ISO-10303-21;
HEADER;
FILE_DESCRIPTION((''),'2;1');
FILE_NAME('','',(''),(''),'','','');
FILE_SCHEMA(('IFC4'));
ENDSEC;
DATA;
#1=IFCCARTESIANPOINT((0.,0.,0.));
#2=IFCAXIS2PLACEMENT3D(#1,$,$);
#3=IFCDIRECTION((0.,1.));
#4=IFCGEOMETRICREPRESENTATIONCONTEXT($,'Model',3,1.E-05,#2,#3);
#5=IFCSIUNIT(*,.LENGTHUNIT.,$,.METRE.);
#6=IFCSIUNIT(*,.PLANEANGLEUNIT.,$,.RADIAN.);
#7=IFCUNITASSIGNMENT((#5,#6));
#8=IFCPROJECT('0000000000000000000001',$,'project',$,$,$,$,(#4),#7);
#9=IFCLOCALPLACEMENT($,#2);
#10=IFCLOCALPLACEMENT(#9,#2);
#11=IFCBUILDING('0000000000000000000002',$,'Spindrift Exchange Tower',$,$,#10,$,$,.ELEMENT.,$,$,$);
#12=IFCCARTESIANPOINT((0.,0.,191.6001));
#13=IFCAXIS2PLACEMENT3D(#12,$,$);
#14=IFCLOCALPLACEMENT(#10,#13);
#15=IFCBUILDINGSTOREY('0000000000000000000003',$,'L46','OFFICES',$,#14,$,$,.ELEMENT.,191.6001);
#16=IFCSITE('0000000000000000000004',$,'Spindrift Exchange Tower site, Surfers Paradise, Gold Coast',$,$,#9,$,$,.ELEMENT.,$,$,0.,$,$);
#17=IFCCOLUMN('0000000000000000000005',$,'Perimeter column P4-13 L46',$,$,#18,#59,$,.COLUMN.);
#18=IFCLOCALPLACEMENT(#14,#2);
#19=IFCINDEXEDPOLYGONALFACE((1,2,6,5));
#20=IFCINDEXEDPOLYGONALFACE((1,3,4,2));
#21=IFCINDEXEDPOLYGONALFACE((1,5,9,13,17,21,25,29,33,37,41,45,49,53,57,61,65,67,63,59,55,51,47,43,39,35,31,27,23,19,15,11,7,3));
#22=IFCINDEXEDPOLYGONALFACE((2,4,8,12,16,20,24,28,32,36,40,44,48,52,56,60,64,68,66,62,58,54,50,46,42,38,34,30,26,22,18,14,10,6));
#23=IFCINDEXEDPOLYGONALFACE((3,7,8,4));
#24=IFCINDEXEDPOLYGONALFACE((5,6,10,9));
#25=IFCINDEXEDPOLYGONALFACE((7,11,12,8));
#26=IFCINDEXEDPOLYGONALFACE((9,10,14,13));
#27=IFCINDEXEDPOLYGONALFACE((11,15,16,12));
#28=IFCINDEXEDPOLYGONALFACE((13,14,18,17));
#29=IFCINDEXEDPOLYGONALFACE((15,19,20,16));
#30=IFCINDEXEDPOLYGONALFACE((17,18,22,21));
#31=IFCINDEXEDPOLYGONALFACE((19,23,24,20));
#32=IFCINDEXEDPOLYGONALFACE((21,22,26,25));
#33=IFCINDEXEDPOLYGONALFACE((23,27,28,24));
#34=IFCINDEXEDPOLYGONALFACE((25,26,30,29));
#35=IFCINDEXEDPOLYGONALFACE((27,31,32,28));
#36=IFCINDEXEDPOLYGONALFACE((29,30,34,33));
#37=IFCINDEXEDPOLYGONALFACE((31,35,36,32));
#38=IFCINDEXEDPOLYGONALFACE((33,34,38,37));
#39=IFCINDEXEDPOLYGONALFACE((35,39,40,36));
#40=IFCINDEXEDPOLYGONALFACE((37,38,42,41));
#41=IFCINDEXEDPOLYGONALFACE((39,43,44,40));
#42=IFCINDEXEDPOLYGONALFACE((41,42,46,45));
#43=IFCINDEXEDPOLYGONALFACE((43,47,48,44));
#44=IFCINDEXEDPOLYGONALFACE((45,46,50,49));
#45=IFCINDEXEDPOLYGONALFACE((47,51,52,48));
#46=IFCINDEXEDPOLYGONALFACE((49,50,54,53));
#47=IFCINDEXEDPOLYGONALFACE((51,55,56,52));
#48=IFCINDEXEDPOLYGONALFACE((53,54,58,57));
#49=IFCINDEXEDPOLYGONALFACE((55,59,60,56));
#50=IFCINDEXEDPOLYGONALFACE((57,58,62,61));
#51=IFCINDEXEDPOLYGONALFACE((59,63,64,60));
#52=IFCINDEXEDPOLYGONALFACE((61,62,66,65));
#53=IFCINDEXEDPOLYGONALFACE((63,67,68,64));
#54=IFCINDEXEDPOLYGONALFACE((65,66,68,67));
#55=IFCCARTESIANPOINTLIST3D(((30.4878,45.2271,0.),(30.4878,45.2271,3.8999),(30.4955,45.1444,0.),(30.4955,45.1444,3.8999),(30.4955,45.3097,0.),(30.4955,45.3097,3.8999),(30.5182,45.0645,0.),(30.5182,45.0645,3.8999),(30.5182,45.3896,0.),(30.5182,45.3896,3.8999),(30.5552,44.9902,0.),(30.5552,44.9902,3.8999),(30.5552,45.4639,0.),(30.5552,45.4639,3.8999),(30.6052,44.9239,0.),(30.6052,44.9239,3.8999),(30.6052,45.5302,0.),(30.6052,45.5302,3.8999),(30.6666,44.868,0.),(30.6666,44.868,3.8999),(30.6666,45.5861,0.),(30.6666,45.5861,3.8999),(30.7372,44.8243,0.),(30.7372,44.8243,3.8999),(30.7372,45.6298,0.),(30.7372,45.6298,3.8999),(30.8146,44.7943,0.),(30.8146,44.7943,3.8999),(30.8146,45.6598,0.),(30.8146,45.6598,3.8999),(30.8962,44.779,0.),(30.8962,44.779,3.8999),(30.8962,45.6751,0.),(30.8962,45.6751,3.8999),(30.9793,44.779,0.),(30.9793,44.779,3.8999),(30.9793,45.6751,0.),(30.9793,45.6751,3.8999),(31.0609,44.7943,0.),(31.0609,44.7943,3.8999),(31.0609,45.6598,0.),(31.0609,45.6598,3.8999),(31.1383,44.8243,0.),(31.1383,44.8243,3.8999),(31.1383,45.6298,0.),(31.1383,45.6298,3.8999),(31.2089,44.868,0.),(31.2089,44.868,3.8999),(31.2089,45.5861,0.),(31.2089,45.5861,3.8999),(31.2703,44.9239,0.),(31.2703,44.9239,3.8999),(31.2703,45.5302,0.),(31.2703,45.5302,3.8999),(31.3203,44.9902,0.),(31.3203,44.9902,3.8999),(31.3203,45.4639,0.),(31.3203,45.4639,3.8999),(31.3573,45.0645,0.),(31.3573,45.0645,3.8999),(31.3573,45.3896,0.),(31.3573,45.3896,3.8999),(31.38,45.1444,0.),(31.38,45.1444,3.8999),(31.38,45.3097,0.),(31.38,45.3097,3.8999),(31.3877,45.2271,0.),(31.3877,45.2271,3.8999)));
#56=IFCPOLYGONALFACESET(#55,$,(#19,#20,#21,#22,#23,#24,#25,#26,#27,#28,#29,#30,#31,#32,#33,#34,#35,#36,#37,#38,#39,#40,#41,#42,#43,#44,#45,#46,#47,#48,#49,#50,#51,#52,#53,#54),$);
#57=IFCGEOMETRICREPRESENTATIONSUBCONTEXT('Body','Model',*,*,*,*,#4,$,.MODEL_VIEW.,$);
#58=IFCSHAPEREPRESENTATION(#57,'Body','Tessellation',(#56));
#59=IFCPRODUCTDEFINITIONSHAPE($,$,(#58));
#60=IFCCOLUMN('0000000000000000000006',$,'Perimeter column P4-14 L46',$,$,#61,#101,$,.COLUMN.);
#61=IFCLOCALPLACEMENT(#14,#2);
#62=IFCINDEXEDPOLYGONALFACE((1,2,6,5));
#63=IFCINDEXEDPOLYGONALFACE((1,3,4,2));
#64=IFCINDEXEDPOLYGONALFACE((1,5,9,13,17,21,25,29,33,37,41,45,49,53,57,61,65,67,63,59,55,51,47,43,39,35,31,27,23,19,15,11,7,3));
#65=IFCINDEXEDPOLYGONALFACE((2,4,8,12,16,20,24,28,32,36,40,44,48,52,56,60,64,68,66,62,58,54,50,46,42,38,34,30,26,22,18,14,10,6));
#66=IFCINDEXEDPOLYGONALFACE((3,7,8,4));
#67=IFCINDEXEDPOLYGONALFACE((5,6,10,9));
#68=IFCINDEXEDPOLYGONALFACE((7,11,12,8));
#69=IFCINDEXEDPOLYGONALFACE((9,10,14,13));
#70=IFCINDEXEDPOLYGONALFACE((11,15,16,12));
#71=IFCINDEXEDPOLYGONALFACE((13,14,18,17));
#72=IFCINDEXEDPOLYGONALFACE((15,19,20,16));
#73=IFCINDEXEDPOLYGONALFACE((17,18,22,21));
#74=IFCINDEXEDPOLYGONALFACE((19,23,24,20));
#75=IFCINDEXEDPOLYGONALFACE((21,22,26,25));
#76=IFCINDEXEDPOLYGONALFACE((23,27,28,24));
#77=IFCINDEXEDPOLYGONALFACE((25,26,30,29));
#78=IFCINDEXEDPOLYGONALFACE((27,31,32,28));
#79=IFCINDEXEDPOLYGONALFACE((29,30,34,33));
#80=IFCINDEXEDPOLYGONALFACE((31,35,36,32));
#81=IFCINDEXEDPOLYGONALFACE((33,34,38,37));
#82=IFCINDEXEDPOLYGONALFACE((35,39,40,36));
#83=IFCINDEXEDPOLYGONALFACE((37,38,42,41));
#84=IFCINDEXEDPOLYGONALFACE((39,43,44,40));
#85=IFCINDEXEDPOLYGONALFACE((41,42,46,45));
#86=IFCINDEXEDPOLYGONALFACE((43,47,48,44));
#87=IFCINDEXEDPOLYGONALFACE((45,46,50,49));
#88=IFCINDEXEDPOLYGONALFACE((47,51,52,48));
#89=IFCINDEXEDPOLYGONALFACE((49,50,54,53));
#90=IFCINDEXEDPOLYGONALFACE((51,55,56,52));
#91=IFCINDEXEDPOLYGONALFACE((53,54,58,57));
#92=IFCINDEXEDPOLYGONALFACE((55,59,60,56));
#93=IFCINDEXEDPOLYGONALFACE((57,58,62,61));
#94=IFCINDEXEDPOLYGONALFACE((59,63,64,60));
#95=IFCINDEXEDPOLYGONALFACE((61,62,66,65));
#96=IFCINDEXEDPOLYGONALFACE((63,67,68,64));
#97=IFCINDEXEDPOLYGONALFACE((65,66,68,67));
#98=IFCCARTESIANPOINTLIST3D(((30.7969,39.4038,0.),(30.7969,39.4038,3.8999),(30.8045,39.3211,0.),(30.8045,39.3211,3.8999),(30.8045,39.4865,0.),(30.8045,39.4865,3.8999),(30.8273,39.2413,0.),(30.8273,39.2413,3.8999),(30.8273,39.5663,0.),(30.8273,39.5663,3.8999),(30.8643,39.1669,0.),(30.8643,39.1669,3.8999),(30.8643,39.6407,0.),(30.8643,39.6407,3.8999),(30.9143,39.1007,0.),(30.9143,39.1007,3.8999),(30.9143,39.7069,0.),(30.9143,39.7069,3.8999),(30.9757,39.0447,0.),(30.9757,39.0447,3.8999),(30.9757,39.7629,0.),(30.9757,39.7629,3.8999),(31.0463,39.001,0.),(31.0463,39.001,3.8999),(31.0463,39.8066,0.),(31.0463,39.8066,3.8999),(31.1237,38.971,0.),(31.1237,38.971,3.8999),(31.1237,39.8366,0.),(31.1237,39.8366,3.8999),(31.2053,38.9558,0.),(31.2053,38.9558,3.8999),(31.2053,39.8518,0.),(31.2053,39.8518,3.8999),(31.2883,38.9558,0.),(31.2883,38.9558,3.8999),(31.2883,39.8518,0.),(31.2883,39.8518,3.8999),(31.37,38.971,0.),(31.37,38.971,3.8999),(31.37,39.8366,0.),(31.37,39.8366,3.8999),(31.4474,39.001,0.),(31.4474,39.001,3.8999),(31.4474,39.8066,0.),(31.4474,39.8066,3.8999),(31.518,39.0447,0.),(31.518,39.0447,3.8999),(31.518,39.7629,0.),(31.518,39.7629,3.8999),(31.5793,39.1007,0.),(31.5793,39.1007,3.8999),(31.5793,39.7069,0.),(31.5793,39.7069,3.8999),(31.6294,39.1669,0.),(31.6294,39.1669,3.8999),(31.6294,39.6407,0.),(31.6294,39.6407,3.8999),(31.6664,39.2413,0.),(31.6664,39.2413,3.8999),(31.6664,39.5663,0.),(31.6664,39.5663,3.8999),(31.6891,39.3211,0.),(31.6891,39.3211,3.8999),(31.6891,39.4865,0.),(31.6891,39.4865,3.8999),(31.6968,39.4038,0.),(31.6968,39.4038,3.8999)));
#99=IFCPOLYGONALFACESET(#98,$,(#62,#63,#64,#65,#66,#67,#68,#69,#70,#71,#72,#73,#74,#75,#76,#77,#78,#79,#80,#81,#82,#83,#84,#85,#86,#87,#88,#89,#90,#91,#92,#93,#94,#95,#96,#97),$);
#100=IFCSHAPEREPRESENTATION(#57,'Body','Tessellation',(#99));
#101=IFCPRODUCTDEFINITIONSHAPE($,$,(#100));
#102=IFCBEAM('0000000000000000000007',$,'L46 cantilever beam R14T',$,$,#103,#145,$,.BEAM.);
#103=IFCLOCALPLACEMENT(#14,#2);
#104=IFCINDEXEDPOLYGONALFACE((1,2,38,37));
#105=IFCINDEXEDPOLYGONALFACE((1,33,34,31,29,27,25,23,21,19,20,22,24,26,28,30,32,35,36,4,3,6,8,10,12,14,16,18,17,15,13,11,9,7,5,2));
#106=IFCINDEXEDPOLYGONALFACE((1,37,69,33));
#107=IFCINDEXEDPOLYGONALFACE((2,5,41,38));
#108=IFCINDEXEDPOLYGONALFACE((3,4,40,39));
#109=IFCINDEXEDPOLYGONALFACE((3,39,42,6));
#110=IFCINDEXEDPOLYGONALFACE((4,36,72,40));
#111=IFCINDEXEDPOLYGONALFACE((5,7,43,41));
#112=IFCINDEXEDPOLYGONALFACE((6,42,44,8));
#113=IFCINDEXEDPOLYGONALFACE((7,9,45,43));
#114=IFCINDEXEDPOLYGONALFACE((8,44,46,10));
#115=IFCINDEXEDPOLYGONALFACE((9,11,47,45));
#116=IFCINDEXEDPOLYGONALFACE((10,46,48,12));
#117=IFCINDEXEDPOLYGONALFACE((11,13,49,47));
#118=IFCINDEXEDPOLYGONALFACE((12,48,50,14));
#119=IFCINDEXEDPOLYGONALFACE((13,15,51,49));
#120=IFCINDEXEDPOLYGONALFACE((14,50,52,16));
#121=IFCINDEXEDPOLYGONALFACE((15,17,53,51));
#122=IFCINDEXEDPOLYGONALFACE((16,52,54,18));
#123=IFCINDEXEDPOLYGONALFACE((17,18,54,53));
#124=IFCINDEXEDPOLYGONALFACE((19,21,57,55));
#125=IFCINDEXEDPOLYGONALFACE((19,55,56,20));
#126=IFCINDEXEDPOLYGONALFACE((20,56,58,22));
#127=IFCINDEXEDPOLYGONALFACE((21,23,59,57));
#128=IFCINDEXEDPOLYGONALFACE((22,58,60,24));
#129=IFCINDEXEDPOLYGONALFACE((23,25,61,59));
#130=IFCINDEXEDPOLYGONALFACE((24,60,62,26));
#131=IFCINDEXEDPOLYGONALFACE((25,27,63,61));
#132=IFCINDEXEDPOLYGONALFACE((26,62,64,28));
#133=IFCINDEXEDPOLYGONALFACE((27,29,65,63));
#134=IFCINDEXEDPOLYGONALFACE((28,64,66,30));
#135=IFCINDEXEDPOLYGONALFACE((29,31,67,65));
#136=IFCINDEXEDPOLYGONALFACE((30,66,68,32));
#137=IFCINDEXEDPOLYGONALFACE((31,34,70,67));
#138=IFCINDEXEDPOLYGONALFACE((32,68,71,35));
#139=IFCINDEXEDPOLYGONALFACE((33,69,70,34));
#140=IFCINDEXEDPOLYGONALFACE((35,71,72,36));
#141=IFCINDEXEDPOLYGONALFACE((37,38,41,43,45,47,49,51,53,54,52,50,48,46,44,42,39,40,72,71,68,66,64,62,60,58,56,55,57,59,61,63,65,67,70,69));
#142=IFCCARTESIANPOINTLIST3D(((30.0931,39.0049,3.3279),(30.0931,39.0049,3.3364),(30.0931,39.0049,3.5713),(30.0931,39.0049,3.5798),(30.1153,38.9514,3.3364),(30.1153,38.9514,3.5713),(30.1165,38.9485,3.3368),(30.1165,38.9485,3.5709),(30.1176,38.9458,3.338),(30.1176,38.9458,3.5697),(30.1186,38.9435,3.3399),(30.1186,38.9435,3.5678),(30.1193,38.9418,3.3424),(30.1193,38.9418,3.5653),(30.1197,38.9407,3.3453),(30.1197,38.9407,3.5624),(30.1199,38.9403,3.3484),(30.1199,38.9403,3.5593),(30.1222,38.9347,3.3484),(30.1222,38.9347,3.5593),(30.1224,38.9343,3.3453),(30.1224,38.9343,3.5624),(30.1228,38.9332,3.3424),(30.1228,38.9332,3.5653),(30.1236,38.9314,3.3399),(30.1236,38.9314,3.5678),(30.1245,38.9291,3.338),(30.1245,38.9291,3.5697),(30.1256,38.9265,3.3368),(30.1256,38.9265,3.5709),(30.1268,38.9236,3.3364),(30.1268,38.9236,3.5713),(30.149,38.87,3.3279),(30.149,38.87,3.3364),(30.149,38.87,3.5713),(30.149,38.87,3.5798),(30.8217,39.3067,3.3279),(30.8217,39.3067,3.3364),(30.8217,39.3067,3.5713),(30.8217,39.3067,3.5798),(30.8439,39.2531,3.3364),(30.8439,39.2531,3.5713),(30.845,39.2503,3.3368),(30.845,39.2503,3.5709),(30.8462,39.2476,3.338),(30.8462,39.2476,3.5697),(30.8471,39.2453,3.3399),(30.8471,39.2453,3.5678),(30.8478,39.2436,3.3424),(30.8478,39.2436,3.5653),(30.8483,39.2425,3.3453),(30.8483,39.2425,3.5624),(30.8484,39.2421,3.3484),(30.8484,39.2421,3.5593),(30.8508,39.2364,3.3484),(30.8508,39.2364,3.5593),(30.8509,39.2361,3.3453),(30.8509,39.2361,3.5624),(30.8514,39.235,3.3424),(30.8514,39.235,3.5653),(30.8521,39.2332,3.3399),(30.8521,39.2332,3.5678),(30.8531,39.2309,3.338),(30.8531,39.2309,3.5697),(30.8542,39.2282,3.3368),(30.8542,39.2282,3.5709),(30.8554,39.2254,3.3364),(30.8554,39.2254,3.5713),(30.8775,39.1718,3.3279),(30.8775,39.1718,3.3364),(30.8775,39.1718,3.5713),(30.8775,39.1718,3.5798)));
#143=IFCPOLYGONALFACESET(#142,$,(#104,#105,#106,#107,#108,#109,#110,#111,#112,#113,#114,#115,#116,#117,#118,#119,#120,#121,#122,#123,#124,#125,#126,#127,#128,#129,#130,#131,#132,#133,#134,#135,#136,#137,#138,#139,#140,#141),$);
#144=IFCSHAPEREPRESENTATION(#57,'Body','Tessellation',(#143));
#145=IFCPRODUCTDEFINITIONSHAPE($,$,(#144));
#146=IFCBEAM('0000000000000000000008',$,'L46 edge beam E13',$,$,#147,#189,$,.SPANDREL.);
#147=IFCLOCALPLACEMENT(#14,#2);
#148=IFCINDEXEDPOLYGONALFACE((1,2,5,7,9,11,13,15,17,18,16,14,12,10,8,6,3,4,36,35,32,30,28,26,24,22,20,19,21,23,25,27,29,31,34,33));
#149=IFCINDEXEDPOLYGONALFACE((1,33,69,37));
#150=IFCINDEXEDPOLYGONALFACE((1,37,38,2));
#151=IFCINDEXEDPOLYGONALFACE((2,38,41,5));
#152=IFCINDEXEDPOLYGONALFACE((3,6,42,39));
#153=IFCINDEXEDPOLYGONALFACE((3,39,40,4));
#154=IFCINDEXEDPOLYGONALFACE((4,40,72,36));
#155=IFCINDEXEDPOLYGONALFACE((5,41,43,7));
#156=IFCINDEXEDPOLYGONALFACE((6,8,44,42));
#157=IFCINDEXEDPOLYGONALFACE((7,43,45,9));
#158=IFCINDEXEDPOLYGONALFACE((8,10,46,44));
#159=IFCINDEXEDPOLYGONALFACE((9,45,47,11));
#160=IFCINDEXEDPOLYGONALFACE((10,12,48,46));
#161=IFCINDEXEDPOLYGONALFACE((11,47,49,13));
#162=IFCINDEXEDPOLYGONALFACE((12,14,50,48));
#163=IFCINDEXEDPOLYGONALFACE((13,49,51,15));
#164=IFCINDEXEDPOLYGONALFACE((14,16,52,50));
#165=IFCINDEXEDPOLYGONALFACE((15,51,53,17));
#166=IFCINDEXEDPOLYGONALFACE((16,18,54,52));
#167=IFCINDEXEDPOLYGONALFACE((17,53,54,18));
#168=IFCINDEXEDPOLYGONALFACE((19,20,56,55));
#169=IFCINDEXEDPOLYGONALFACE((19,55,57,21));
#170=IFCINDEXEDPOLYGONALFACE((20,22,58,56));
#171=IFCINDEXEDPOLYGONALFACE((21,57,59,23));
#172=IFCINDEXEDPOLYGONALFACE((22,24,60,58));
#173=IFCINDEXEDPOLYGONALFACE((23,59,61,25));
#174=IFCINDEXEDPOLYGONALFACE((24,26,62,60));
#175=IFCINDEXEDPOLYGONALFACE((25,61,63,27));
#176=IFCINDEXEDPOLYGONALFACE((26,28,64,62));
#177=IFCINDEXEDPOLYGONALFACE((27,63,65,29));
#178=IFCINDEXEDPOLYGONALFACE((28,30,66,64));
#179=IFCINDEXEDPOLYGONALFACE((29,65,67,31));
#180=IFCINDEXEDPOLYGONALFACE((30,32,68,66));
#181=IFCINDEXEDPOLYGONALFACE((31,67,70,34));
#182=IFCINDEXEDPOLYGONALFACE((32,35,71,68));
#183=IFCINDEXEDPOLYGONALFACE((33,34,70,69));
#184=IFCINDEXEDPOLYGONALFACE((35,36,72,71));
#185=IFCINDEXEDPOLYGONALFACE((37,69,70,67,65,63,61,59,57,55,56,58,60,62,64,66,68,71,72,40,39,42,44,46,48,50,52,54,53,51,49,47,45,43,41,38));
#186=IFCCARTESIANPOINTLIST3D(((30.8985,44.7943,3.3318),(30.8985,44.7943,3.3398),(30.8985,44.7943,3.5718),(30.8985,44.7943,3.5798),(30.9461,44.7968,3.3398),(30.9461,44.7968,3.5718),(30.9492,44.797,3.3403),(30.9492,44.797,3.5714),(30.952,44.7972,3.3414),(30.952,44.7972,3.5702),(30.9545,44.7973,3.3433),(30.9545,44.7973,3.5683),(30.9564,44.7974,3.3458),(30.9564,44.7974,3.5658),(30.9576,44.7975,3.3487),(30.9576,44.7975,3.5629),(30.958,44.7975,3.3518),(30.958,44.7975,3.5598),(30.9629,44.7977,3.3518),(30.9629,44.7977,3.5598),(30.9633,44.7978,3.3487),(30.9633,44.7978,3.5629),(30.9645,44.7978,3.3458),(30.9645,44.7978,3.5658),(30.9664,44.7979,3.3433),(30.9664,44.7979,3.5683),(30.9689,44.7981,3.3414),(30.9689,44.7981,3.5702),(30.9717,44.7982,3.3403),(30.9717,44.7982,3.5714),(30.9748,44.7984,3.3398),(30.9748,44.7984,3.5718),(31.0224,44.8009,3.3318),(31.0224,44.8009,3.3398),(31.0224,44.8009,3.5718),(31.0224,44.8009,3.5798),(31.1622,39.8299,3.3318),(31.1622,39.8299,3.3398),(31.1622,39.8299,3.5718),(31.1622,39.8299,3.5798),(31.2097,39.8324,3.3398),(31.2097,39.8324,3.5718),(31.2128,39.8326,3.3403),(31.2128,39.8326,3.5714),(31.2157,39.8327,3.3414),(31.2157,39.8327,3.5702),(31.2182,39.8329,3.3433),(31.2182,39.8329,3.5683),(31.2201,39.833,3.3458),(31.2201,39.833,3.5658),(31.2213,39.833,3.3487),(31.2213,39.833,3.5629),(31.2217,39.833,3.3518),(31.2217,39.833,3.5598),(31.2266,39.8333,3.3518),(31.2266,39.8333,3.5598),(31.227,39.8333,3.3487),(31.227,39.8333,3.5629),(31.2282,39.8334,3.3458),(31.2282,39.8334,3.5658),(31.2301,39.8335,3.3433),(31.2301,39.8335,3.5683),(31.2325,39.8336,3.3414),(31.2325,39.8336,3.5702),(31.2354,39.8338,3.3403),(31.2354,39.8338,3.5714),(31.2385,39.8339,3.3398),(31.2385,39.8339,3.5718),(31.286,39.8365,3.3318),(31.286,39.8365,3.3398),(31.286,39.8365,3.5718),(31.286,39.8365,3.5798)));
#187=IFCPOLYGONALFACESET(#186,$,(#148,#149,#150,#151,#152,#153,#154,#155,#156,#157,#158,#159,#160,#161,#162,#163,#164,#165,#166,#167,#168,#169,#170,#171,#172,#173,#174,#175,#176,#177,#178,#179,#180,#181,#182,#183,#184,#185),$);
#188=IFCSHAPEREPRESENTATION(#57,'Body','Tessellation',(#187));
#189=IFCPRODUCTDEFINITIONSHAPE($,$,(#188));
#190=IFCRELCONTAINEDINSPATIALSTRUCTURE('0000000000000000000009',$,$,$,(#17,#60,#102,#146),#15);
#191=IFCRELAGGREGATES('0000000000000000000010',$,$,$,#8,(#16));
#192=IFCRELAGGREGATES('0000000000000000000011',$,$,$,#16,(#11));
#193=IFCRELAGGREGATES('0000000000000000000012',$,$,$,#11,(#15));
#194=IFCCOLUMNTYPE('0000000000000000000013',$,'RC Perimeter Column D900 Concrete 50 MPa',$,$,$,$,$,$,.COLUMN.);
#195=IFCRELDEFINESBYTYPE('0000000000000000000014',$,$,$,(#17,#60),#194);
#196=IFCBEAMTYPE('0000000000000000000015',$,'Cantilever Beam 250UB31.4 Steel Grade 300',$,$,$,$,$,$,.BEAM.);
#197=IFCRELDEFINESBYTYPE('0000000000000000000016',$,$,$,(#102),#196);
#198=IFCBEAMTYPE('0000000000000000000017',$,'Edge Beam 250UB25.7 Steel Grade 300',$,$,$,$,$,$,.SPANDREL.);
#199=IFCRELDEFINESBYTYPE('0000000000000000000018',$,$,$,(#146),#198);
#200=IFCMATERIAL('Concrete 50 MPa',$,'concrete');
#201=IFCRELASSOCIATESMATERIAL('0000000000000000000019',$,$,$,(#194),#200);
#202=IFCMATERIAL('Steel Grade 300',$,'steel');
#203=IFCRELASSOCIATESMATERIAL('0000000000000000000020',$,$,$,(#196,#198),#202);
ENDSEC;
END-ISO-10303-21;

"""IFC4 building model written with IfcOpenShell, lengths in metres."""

from ifc_helpers import new_model, si_unit, direction, frame, origin, origin_2d, place, context, subcontext, project, spatial, circle, i_section, extrude, source, transform, mapped, material, material_profile, profile_set, type_object, element, save


model = new_model("IFC4")

# Units and contexts
model_context = context("Model", 3, precision=1e-05, world=origin(), true_north=direction((0.0, 1.0)))
body_context = subcontext(model_context, "Body", "Model", "MODEL_VIEW")
ifc_project = project(units=[si_unit("LENGTHUNIT", "METRE"), si_unit("PLANEANGLEUNIT", "RADIAN")], contexts=[model_context])

# Site, building, storey
site_placement = place(None, origin())
site = spatial("IfcSite", under=ifc_project, at=site_placement, Name="Spindrift Exchange Tower site, Surfers Paradise, Gold Coast", CompositionType="ELEMENT", RefElevation=0.0)
building_placement = place(site_placement, origin())
building = spatial("IfcBuilding", under=site, at=building_placement, Name="Spindrift Exchange Tower", CompositionType="ELEMENT")
storey_placement = place(building_placement, frame((0.0, 0.0, 191.6001)))
storey = spatial("IfcBuildingStorey", under=building, at=storey_placement, Name="L46", Description="OFFICES", CompositionType="ELEMENT", Elevation=191.6001)

# Columns
ifc_material_1 = material(Name="Concrete 50 MPa", Category="concrete")
ifc_material_profile_1 = material_profile(ifc_material_1, circle(Radius=0.45, at=origin_2d()), Name="RC D900")
ifc_profile_set_1 = profile_set([ifc_material_profile_1], Name="Concrete 50 MPa")
column_type = type_object("IfcColumnType", Name="RC Perimeter Column D900 Concrete 50 MPa", PredefinedType="COLUMN", material=ifc_profile_set_1)
shared_shape_1 = source(origin(), body_context, "Body", "SweptSolid", [
    extrude(circle(Radius=0.45, at=origin_2d()), origin(), (0.0, 0.0, 1.0), 3.8999),
])
for number, where, z_axis, x_axis, name in (
    (1, (30.9377, 45.2271, 0.0), (0.0, 0.0, 1.0), (1.0, 0.0, 0.0), "Perimeter column P4-13 L46"),
    (2, (31.2468, 39.4038, 0.0), (0.0, 0.0, 1.0), (1.0, 0.0, 0.0), "Perimeter column P4-14 L46"),
):
    element("IfcColumn", number, at=place(storey_placement, frame(where, z_axis=z_axis, x_axis=x_axis)), inside=storey, type_object=column_type, Name=name, PredefinedType="COLUMN", context=body_context, shape_type="MappedRepresentation", body=[
        mapped(shared_shape_1, transform((0.0, 0.0, 0.0), scale=1.0)),
    ])

# Beams
ifc_material_2 = material(Name="Steel Grade 300", Category="steel")
ifc_material_profile_2 = material_profile(ifc_material_2, i_section(OverallWidth=0.146, OverallDepth=0.252, WebThickness=0.0061, FlangeThickness=0.0085, FilletRadius=0.012, at=origin_2d()), Name="250UB31.4")
ifc_profile_set_2 = profile_set([ifc_material_profile_2], Name="Steel Grade 300")
beam_type_1 = type_object("IfcBeamType", Name="Cantilever Beam 250UB31.4 Steel Grade 300", PredefinedType="BEAM", material=ifc_profile_set_2)
shared_shape_2 = source(origin(), body_context, "Body", "SweptSolid", [
    extrude(i_section(OverallWidth=0.146, OverallDepth=0.252, WebThickness=0.0061, FlangeThickness=0.0085, FilletRadius=0.012, at=origin_2d()), origin(), (0.0, 0.0, 1.0), 0.7886),
])
beam_1_placement = place(storey_placement, frame((30.8496, 39.2393, 3.4539), z_axis=(-0.923881, -0.38268, 0.0), x_axis=(0.38268, -0.923881, 0.0)))
element("IfcBeam", 3, at=beam_1_placement, inside=storey, type_object=beam_type_1, Name="L46 cantilever beam R14T", PredefinedType="BEAM", context=body_context, shape_type="MappedRepresentation", body=[
    mapped(shared_shape_2, transform((0.0, 0.0, 0.0), scale=1.0)),
])
ifc_material_profile_3 = material_profile(ifc_material_2, i_section(OverallWidth=0.124, OverallDepth=0.248, WebThickness=0.0049, FlangeThickness=0.0081, FilletRadius=0.012, at=origin_2d()), Name="250UB25.7")
ifc_profile_set_3 = profile_set([ifc_material_profile_3], Name="Steel Grade 300")
beam_type_2 = type_object("IfcBeamType", Name="Edge Beam 250UB25.7 Steel Grade 300", PredefinedType="SPANDREL", material=ifc_profile_set_3)
shared_shape_3 = source(origin(), body_context, "Body", "SweptSolid", [
    extrude(i_section(OverallWidth=0.124, OverallDepth=0.248, WebThickness=0.0049, FlangeThickness=0.0081, FilletRadius=0.012, at=origin_2d()), origin(), (0.0, 0.0, 1.0), 4.9714),
])
beam_2_placement = place(storey_placement, frame((30.9604, 44.7976, 3.4558), z_axis=(0.053038, -0.998592, 0.0), x_axis=(0.998592, 0.053038, 0.0)))
element("IfcBeam", 4, at=beam_2_placement, inside=storey, type_object=beam_type_2, Name="L46 edge beam E13", PredefinedType="SPANDREL", context=body_context, shape_type="MappedRepresentation", body=[
    mapped(shared_shape_3, transform((0.0, 0.0, 0.0), scale=1.0)),
])

save(model, "model.ifc")
